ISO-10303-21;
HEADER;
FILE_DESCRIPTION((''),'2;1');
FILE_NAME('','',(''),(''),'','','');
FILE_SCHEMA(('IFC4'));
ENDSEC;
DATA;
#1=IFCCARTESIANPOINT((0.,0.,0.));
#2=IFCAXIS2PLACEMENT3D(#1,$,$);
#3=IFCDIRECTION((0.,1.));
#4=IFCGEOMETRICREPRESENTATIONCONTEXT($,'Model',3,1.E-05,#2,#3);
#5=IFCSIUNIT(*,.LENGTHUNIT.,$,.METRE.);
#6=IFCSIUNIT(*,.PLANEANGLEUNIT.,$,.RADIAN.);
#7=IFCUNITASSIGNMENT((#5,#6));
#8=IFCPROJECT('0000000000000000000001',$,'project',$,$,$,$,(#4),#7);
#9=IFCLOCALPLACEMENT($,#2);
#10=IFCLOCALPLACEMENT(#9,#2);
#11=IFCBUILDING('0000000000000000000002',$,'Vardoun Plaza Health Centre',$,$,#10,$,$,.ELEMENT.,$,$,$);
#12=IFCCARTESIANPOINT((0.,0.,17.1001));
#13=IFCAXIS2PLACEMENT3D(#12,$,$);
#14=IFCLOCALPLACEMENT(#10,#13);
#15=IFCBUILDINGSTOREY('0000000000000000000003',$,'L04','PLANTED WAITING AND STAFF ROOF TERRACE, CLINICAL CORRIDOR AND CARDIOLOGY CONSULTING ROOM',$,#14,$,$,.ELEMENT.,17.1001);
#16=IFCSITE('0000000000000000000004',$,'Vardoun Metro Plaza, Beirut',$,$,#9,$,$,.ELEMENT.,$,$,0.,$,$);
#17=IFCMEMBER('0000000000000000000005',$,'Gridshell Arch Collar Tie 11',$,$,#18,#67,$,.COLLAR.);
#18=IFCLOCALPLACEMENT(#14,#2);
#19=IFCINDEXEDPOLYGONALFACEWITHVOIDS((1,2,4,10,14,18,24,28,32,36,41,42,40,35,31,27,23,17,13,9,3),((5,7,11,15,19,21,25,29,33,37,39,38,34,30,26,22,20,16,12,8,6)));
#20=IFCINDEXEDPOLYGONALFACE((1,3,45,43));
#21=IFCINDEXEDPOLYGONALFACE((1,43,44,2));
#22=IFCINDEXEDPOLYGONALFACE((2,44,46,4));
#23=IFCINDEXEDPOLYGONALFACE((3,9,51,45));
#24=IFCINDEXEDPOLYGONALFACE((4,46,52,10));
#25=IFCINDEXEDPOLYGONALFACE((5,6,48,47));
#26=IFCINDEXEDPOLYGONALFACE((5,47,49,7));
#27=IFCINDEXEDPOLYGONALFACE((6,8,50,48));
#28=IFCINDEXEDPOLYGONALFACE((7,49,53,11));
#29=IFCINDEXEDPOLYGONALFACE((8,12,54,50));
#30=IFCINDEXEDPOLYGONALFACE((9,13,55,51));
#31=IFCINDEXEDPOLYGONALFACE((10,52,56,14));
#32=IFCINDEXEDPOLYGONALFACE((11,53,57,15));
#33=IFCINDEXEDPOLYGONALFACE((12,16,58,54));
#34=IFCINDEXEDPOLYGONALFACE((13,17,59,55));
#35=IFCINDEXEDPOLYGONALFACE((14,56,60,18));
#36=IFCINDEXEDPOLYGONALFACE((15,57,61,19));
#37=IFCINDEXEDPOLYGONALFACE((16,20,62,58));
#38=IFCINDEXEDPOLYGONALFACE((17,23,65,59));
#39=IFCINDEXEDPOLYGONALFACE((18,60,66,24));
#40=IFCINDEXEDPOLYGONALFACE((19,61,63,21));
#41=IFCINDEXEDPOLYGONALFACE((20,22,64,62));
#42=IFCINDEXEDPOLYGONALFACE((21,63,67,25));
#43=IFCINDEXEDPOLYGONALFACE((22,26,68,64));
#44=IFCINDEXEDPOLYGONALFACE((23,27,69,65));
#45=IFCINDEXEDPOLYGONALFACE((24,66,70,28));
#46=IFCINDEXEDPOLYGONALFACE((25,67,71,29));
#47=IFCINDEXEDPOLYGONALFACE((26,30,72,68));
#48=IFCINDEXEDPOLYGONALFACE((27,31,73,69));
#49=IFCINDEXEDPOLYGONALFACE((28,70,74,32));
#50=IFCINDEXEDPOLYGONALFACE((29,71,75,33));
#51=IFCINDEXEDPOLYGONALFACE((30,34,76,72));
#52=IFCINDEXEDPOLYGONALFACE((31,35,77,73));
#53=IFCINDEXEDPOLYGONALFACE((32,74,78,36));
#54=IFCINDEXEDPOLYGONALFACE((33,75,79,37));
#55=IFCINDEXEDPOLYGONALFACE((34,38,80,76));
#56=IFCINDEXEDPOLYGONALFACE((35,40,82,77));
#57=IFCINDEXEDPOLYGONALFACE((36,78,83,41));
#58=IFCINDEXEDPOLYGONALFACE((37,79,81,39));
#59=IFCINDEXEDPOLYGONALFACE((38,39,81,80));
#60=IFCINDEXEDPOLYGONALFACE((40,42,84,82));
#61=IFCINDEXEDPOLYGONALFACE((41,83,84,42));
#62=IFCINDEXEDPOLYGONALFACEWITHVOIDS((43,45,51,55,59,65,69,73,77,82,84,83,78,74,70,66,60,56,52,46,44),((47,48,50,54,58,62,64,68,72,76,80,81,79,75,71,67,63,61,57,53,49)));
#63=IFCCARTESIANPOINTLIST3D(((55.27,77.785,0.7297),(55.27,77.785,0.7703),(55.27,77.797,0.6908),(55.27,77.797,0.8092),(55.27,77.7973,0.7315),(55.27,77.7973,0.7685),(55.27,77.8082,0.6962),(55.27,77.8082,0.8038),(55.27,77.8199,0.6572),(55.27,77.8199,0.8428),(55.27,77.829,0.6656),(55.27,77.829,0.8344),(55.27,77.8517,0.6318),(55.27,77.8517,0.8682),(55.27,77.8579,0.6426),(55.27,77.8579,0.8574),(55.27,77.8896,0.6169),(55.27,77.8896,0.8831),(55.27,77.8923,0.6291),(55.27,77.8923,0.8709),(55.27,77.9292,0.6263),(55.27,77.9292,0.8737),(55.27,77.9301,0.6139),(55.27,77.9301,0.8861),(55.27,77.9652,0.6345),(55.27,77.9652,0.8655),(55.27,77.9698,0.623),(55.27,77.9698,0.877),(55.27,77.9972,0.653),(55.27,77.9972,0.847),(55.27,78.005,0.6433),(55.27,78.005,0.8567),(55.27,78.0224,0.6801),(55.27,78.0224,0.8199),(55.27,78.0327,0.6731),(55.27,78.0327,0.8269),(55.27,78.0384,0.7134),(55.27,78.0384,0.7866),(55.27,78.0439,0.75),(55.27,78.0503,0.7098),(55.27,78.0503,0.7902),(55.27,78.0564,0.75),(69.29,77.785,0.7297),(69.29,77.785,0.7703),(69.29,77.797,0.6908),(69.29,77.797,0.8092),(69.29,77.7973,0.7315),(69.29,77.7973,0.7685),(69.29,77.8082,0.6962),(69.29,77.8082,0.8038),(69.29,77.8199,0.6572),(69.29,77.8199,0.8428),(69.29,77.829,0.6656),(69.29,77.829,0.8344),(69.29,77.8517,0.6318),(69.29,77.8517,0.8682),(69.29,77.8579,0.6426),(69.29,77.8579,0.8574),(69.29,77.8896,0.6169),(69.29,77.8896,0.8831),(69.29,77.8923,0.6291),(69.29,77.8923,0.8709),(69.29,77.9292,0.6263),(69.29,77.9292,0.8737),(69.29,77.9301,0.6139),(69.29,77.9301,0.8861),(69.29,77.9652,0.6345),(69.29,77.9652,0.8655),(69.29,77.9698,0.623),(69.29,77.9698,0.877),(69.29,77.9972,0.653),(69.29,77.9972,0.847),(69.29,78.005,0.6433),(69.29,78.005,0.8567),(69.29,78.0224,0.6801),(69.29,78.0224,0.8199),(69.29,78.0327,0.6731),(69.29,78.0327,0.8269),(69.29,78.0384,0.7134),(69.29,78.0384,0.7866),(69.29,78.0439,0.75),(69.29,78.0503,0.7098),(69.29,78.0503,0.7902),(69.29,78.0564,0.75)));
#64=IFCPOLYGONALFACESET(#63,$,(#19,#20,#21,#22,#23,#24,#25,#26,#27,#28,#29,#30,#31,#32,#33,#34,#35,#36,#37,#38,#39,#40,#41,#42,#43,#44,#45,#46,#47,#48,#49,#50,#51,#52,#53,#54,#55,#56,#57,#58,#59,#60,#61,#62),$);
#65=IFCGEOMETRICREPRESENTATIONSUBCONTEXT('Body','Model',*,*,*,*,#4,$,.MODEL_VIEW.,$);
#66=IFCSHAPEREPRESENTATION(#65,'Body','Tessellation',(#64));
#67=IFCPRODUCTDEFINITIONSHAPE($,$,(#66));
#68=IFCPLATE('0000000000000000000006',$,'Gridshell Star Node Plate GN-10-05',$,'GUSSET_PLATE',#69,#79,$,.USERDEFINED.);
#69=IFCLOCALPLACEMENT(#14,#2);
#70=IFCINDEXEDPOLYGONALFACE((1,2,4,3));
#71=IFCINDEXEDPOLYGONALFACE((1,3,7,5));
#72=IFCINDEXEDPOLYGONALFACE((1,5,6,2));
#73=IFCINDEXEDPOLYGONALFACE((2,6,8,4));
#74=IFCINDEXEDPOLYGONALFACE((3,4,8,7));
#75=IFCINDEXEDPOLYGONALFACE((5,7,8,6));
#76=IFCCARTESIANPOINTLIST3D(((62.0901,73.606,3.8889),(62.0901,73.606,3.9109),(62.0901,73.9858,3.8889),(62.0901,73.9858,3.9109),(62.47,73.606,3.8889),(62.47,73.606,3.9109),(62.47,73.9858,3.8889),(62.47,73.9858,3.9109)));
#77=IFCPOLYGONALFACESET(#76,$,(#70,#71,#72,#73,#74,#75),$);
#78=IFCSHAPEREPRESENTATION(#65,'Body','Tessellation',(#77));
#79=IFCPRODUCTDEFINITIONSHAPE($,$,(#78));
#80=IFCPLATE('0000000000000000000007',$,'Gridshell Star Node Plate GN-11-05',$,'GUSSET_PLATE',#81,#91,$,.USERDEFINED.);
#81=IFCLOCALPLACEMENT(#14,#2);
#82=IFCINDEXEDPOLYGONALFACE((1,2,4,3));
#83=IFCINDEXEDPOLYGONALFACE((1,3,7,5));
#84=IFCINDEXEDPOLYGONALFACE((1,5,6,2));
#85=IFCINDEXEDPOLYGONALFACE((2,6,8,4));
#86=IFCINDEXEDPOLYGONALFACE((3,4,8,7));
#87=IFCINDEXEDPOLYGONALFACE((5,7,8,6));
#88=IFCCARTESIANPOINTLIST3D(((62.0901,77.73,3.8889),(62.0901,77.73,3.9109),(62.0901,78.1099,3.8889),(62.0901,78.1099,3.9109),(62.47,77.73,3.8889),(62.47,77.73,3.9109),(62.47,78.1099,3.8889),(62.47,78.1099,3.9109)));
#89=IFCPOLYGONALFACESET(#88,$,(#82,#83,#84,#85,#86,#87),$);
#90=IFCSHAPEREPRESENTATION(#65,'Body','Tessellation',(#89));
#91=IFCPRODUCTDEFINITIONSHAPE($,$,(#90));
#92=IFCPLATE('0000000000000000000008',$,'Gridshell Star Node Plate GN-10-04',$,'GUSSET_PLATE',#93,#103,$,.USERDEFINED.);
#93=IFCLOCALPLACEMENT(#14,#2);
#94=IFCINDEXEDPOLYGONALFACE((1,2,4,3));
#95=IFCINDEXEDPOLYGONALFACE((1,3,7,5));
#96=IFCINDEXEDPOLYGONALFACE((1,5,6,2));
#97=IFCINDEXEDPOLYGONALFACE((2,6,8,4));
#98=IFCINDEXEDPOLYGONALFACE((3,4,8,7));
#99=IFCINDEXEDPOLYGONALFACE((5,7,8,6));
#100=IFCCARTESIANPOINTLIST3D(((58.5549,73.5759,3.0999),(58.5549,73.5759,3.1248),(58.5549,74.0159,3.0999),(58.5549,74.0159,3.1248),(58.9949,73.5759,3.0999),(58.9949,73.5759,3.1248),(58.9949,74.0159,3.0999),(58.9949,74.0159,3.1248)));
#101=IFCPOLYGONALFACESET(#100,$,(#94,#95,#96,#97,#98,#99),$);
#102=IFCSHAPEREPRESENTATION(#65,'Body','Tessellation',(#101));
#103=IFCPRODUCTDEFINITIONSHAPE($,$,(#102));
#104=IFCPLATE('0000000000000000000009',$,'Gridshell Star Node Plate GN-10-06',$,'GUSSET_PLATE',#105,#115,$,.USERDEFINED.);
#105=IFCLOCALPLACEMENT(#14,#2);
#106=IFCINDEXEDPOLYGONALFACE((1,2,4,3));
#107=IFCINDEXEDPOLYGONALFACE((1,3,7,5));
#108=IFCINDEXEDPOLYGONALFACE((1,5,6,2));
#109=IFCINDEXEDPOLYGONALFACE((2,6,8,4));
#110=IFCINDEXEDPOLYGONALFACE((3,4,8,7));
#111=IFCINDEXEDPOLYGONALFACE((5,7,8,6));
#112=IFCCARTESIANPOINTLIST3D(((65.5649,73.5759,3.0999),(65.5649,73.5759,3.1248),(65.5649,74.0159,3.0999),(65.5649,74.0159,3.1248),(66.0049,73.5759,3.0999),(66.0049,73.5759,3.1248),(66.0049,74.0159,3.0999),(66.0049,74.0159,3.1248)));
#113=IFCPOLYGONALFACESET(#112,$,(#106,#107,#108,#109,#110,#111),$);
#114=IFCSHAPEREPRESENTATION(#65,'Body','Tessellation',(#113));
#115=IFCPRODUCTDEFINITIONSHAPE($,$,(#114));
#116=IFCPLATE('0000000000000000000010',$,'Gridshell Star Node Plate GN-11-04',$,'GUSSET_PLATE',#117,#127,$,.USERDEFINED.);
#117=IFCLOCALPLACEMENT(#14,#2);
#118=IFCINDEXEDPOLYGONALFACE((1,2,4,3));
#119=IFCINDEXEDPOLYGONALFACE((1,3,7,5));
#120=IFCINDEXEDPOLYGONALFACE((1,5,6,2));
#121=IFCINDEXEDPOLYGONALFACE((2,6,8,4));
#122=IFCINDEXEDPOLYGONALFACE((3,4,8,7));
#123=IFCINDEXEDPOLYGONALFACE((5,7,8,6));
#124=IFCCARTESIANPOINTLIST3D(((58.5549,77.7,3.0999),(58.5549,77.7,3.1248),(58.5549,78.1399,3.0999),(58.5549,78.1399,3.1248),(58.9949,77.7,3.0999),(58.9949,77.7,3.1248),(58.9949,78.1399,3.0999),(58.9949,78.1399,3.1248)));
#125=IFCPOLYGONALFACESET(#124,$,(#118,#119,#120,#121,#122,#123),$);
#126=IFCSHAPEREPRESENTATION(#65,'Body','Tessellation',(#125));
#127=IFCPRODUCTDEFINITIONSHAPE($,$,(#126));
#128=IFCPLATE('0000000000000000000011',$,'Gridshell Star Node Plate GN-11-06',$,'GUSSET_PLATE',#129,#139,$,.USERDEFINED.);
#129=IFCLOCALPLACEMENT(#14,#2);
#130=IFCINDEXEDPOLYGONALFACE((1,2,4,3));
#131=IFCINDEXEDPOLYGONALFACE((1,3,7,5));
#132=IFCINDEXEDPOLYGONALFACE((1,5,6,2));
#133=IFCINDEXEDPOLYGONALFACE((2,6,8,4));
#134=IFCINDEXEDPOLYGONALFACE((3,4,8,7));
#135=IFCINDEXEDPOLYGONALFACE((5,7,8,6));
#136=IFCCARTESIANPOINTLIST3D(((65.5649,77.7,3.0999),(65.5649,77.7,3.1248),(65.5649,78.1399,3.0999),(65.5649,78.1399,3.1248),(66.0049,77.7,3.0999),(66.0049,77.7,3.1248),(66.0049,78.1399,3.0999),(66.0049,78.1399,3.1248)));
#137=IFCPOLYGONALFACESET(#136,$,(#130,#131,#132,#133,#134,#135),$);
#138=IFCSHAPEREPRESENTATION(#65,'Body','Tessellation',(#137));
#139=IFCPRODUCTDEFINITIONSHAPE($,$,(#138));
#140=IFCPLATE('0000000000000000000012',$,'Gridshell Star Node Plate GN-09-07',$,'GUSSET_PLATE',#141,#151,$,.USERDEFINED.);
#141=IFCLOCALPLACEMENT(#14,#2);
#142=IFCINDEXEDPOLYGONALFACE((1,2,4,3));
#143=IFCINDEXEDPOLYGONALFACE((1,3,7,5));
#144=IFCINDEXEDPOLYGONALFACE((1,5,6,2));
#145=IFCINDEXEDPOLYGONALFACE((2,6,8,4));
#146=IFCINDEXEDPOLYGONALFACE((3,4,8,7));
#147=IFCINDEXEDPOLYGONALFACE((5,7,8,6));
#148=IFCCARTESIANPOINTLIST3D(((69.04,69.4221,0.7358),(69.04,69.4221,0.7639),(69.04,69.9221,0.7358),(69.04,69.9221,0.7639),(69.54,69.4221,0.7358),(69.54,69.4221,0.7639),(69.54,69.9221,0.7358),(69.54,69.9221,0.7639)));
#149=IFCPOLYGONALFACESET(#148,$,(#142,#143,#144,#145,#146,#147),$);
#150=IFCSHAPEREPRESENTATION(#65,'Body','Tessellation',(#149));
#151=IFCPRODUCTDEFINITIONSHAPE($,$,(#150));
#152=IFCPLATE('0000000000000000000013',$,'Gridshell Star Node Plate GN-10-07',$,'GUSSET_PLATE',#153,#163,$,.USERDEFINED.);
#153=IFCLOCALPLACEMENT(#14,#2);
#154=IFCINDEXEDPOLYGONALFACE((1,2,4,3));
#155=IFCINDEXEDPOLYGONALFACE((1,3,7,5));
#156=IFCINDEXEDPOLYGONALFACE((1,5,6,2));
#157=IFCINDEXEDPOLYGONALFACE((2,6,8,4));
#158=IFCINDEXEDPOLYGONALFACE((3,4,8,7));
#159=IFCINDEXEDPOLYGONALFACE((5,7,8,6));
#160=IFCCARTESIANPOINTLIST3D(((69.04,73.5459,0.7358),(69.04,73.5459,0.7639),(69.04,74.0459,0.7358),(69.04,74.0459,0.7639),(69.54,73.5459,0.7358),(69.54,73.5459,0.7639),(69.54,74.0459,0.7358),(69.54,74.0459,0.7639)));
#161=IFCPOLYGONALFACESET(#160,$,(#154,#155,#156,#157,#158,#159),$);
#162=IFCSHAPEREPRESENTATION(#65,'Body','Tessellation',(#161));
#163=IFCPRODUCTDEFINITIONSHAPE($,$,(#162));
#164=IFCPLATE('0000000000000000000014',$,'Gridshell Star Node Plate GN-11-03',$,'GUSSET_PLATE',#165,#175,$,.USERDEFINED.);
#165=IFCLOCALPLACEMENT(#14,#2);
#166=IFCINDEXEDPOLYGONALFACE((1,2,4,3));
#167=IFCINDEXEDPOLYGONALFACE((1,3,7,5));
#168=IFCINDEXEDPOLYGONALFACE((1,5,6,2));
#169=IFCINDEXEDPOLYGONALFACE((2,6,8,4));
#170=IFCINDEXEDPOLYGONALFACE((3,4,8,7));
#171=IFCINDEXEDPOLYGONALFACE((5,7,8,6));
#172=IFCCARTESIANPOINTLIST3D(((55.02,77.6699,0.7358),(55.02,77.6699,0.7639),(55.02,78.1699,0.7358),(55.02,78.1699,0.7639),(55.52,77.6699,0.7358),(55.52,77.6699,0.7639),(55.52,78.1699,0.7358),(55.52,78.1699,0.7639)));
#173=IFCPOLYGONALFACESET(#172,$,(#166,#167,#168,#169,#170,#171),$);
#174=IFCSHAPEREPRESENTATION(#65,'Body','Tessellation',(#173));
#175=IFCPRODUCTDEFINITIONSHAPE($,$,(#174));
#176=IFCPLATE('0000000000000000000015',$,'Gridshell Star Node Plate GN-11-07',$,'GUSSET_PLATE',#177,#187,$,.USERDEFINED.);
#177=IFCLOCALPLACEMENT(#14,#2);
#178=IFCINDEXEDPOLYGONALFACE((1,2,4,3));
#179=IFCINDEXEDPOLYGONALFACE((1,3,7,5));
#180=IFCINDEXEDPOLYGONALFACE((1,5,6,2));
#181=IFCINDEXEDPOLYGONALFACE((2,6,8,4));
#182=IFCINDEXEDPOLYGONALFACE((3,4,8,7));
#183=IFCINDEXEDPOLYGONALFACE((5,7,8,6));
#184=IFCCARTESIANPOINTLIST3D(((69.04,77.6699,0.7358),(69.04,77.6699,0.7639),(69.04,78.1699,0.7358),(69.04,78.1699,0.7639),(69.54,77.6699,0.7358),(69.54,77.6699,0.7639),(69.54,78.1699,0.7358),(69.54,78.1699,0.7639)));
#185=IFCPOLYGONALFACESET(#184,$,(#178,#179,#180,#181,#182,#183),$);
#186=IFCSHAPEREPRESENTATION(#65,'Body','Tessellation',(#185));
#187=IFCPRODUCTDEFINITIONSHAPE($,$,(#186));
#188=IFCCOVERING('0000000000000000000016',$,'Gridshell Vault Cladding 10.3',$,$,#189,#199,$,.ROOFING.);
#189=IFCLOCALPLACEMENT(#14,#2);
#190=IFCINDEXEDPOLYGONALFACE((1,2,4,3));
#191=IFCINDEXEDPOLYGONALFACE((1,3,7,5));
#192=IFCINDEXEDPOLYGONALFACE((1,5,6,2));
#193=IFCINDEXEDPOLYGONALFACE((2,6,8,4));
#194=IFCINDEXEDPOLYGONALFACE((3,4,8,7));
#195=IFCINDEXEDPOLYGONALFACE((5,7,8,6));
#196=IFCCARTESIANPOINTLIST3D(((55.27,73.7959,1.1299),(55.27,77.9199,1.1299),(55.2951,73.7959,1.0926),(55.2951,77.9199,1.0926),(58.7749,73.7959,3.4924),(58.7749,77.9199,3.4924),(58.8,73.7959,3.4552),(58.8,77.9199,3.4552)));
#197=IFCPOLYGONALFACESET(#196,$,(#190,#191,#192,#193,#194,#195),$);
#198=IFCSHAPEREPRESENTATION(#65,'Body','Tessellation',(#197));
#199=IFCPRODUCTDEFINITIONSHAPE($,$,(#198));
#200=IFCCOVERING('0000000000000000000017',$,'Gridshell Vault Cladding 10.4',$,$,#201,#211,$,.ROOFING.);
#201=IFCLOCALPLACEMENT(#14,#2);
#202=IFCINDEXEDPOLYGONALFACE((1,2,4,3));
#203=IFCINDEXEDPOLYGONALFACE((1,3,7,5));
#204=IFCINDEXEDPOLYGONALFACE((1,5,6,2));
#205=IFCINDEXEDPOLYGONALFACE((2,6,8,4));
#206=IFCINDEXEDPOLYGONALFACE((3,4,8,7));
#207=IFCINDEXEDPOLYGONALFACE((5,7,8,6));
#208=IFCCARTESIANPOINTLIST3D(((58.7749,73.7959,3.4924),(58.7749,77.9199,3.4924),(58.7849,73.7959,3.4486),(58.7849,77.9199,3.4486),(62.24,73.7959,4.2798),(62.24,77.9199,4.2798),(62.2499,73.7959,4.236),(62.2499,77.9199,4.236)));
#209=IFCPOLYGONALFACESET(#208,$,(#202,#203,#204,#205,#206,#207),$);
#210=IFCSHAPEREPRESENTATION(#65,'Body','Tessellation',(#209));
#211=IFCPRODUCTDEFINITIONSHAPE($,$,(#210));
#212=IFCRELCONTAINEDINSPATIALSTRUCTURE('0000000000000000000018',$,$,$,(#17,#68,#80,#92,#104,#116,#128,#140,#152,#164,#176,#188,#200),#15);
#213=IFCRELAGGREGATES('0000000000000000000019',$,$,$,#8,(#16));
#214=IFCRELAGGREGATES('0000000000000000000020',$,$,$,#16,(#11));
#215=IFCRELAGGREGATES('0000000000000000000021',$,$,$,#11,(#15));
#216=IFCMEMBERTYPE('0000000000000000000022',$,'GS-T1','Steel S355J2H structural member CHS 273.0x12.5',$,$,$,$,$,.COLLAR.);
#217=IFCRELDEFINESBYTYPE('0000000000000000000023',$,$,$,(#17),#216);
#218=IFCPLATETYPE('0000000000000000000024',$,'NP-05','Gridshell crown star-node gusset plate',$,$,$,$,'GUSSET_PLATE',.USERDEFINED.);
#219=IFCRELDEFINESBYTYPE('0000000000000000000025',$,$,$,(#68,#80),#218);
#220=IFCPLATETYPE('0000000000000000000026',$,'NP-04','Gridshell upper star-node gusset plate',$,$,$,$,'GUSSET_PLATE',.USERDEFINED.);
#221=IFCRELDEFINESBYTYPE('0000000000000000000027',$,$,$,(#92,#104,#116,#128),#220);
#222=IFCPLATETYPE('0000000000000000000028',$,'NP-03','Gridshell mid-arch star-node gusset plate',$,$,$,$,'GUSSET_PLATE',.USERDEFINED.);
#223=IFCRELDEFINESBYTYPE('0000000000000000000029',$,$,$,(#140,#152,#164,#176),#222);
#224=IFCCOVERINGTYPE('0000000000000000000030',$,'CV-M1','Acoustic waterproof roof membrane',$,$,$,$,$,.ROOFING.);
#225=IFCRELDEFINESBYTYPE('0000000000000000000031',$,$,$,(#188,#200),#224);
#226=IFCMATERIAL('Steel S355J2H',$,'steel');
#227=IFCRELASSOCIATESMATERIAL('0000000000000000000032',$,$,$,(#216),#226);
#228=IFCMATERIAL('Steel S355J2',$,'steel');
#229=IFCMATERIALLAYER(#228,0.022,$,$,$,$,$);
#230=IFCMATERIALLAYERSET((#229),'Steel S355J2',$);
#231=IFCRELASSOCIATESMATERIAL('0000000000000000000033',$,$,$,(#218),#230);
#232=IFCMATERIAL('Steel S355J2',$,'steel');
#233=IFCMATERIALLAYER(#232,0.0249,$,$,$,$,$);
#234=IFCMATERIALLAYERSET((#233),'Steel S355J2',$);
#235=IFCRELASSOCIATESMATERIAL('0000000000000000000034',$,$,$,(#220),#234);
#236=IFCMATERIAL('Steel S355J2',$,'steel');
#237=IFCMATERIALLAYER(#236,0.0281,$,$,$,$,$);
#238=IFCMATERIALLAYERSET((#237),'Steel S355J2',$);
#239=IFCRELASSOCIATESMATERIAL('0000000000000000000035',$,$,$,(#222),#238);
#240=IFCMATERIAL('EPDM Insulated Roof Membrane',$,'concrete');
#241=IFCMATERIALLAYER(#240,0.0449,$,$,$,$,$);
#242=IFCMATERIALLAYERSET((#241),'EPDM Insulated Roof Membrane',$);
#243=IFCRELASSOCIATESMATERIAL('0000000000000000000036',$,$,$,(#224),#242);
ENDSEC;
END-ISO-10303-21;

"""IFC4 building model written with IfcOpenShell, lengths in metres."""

from ifc_helpers import new_model, si_unit, direction, frame, origin, origin_2d, place, context, subcontext, project, spatial, polyline, rectangle, hollow_circle, outline, extrude, material, layer, layer_set, material_profile, profile_set, type_object, element, save


model = new_model("IFC4")

# Units and contexts
model_context = context("Model", 3, precision=1e-05, world=origin(), true_north=direction((0.0, 1.0)))
body_context = subcontext(model_context, "Body", "Model", "MODEL_VIEW")
ifc_project = project(units=[si_unit("LENGTHUNIT", "METRE"), si_unit("PLANEANGLEUNIT", "RADIAN")], contexts=[model_context])

# Site, building, storey
site_placement = place(None, origin())
site = spatial("IfcSite", under=ifc_project, at=site_placement, Name="Vardoun Metro Plaza, Beirut", CompositionType="ELEMENT", RefElevation=0.0)
building_placement = place(site_placement, origin())
building = spatial("IfcBuilding", under=site, at=building_placement, Name="Vardoun Plaza Health Centre", CompositionType="ELEMENT")
storey_placement = place(building_placement, frame((0.0, 0.0, 17.1001)))
storey = spatial("IfcBuildingStorey", under=building, at=storey_placement, Name="L04", Description="PLANTED WAITING AND STAFF ROOF TERRACE, CLINICAL CORRIDOR AND CARDIOLOGY CONSULTING ROOM", CompositionType="ELEMENT", Elevation=17.1001)

# Member
ifc_material_1 = material(Name="Steel S355J2H", Category="steel")
ifc_material_profile_1 = material_profile(ifc_material_1, hollow_circle(Radius=0.1365, WallThickness=0.0125, at=origin_2d()), Name="CHS 273.0x12.5")
ifc_profile_set_1 = profile_set([ifc_material_profile_1], Name="Steel S355J2H")
member_type_1 = type_object("IfcMemberType", Name="GS-T1", Description="Steel S355J2H structural member CHS 273.0x12.5", PredefinedType="COLLAR", material=ifc_profile_set_1)
member_1_placement = place(storey_placement, frame((55.27, 77.9199, 0.75), z_axis=(1.0, 0.0, 0.0), x_axis=(0.0, 1.0, 0.0)))
element("IfcMember", 1, at=member_1_placement, inside=storey, type_object=member_type_1, Name="Gridshell Arch Collar Tie 11", PredefinedType="COLLAR", context=body_context, shape_type="SweptSolid", body=[
    extrude(hollow_circle(Radius=0.1365, WallThickness=0.0125, at=origin_2d()), origin(), (0.0, 0.0, 1.0), 14.02),
])

# Plates
ifc_material_2 = material(Name="Steel S355J2", Category="steel")
ifc_layer_1 = layer(ifc_material_2, 0.022)
ifc_layer_set_1 = layer_set([ifc_layer_1], Name="Steel S355J2")
plate_type_1 = type_object("IfcPlateType", Name="NP-05", Description="Gridshell crown star-node gusset plate", ElementType="GUSSET_PLATE", PredefinedType="USERDEFINED", material=ifc_layer_set_1)
for number, where, z_axis, x_axis, name in (
    (2, (62.28, 73.7959, 3.8889), (0.0, 0.0, 1.0), (1.0, 0.0, 0.0), "Gridshell Star Node Plate GN-10-05"),
    (3, (62.28, 77.9199, 3.8889), (0.0, 0.0, 1.0), (1.0, 0.0, 0.0), "Gridshell Star Node Plate GN-11-05"),
):
    element("IfcPlate", number, at=place(storey_placement, frame(where, z_axis=z_axis, x_axis=x_axis)), inside=storey, type_object=plate_type_1, Name=name, ObjectType="GUSSET_PLATE", PredefinedType="USERDEFINED", context=body_context, shape_type="SweptSolid", body=[
        extrude(rectangle(XDim=0.3799, YDim=0.3799, at=origin_2d()), origin(), (0.0, 0.0, 1.0), 0.022),
    ])
ifc_material_3 = material(Name="Steel S355J2", Category="steel")
ifc_layer_2 = layer(ifc_material_3, 0.0249)
ifc_layer_set_2 = layer_set([ifc_layer_2], Name="Steel S355J2")
plate_type_2 = type_object("IfcPlateType", Name="NP-04", Description="Gridshell upper star-node gusset plate", ElementType="GUSSET_PLATE", PredefinedType="USERDEFINED", material=ifc_layer_set_2)
for number, where, z_axis, x_axis, name in (
    (4, (58.7749, 73.7959, 3.0999), (0.0, 0.0, 1.0), (1.0, 0.0, 0.0), "Gridshell Star Node Plate GN-10-04"),
    (5, (65.7849, 73.7959, 3.0999), (0.0, 0.0, 1.0), (1.0, 0.0, 0.0), "Gridshell Star Node Plate GN-10-06"),
    (6, (58.7749, 77.9199, 3.0999), (0.0, 0.0, 1.0), (1.0, 0.0, 0.0), "Gridshell Star Node Plate GN-11-04"),
    (7, (65.7849, 77.9199, 3.0999), (0.0, 0.0, 1.0), (1.0, 0.0, 0.0), "Gridshell Star Node Plate GN-11-06"),
):
    element("IfcPlate", number, at=place(storey_placement, frame(where, z_axis=z_axis, x_axis=x_axis)), inside=storey, type_object=plate_type_2, Name=name, ObjectType="GUSSET_PLATE", PredefinedType="USERDEFINED", context=body_context, shape_type="SweptSolid", body=[
        extrude(rectangle(XDim=0.4399, YDim=0.4399, at=origin_2d()), origin(), (0.0, 0.0, 1.0), 0.0249),
    ])
ifc_material_4 = material(Name="Steel S355J2", Category="steel")
ifc_layer_3 = layer(ifc_material_4, 0.0281)
ifc_layer_set_3 = layer_set([ifc_layer_3], Name="Steel S355J2")
plate_type_3 = type_object("IfcPlateType", Name="NP-03", Description="Gridshell mid-arch star-node gusset plate", ElementType="GUSSET_PLATE", PredefinedType="USERDEFINED", material=ifc_layer_set_3)
for number, where, z_axis, x_axis, name in (
    (8, (69.29, 69.6721, 0.7358), (0.0, 0.0, 1.0), (1.0, 0.0, 0.0), "Gridshell Star Node Plate GN-09-07"),
    (9, (69.29, 73.7959, 0.7358), (0.0, 0.0, 1.0), (1.0, 0.0, 0.0), "Gridshell Star Node Plate GN-10-07"),
    (10, (55.27, 77.9199, 0.7358), (0.0, 0.0, 1.0), (1.0, 0.0, 0.0), "Gridshell Star Node Plate GN-11-03"),
    (11, (69.29, 77.9199, 0.7358), (0.0, 0.0, 1.0), (1.0, 0.0, 0.0), "Gridshell Star Node Plate GN-11-07"),
):
    element("IfcPlate", number, at=place(storey_placement, frame(where, z_axis=z_axis, x_axis=x_axis)), inside=storey, type_object=plate_type_3, Name=name, ObjectType="GUSSET_PLATE", PredefinedType="USERDEFINED", context=body_context, shape_type="SweptSolid", body=[
        extrude(rectangle(XDim=0.5, YDim=0.5, at=origin_2d()), origin(), (0.0, 0.0, 1.0), 0.0281),
    ])

# Coverings
ifc_material_5 = material(Name="EPDM Insulated Roof Membrane", Category="concrete")
ifc_layer_4 = layer(ifc_material_5, 0.0449)
ifc_layer_set_4 = layer_set([ifc_layer_4], Name="EPDM Insulated Roof Membrane")
covering_type = type_object("IfcCoveringType", Name="CV-M1", Description="Acoustic waterproof roof membrane", PredefinedType="ROOFING", material=ifc_layer_set_4)
covering_1_placement = place(storey_placement, frame((55.27, 73.7959, 1.1299), z_axis=(-0.558945, 0.0, 0.829205), x_axis=(0.829205, 0.0, 0.558945)))
element("IfcCovering", 12, at=covering_1_placement, inside=storey, type_object=covering_type, Name="Gridshell Vault Cladding 10.3", PredefinedType="ROOFING", context=body_context, shape_type="SweptSolid", body=[
    extrude(outline(polyline([(0.0, 0.0), (4.2268, 0.0), (4.2268, 4.124), (0.0, 4.124), (0.0, 0.0)])), origin(), (0.0, 0.0, -1.0), 0.0449),
])
covering_2_placement = place(storey_placement, frame((58.7749, 73.7959, 3.4924), z_axis=(-0.221577, 0.0, 0.975143), x_axis=(0.975143, 0.0, 0.221577)))
element("IfcCovering", 13, at=covering_2_placement, inside=storey, type_object=covering_type, Name="Gridshell Vault Cladding 10.4", PredefinedType="ROOFING", context=body_context, shape_type="SweptSolid", body=[
    extrude(outline(polyline([(0.0, 0.0), (3.5534, 0.0), (3.5534, 4.124), (0.0, 4.124), (0.0, 0.0)])), origin(), (0.0, 0.0, -1.0), 0.0449),
])

save(model, "model.ifc")
